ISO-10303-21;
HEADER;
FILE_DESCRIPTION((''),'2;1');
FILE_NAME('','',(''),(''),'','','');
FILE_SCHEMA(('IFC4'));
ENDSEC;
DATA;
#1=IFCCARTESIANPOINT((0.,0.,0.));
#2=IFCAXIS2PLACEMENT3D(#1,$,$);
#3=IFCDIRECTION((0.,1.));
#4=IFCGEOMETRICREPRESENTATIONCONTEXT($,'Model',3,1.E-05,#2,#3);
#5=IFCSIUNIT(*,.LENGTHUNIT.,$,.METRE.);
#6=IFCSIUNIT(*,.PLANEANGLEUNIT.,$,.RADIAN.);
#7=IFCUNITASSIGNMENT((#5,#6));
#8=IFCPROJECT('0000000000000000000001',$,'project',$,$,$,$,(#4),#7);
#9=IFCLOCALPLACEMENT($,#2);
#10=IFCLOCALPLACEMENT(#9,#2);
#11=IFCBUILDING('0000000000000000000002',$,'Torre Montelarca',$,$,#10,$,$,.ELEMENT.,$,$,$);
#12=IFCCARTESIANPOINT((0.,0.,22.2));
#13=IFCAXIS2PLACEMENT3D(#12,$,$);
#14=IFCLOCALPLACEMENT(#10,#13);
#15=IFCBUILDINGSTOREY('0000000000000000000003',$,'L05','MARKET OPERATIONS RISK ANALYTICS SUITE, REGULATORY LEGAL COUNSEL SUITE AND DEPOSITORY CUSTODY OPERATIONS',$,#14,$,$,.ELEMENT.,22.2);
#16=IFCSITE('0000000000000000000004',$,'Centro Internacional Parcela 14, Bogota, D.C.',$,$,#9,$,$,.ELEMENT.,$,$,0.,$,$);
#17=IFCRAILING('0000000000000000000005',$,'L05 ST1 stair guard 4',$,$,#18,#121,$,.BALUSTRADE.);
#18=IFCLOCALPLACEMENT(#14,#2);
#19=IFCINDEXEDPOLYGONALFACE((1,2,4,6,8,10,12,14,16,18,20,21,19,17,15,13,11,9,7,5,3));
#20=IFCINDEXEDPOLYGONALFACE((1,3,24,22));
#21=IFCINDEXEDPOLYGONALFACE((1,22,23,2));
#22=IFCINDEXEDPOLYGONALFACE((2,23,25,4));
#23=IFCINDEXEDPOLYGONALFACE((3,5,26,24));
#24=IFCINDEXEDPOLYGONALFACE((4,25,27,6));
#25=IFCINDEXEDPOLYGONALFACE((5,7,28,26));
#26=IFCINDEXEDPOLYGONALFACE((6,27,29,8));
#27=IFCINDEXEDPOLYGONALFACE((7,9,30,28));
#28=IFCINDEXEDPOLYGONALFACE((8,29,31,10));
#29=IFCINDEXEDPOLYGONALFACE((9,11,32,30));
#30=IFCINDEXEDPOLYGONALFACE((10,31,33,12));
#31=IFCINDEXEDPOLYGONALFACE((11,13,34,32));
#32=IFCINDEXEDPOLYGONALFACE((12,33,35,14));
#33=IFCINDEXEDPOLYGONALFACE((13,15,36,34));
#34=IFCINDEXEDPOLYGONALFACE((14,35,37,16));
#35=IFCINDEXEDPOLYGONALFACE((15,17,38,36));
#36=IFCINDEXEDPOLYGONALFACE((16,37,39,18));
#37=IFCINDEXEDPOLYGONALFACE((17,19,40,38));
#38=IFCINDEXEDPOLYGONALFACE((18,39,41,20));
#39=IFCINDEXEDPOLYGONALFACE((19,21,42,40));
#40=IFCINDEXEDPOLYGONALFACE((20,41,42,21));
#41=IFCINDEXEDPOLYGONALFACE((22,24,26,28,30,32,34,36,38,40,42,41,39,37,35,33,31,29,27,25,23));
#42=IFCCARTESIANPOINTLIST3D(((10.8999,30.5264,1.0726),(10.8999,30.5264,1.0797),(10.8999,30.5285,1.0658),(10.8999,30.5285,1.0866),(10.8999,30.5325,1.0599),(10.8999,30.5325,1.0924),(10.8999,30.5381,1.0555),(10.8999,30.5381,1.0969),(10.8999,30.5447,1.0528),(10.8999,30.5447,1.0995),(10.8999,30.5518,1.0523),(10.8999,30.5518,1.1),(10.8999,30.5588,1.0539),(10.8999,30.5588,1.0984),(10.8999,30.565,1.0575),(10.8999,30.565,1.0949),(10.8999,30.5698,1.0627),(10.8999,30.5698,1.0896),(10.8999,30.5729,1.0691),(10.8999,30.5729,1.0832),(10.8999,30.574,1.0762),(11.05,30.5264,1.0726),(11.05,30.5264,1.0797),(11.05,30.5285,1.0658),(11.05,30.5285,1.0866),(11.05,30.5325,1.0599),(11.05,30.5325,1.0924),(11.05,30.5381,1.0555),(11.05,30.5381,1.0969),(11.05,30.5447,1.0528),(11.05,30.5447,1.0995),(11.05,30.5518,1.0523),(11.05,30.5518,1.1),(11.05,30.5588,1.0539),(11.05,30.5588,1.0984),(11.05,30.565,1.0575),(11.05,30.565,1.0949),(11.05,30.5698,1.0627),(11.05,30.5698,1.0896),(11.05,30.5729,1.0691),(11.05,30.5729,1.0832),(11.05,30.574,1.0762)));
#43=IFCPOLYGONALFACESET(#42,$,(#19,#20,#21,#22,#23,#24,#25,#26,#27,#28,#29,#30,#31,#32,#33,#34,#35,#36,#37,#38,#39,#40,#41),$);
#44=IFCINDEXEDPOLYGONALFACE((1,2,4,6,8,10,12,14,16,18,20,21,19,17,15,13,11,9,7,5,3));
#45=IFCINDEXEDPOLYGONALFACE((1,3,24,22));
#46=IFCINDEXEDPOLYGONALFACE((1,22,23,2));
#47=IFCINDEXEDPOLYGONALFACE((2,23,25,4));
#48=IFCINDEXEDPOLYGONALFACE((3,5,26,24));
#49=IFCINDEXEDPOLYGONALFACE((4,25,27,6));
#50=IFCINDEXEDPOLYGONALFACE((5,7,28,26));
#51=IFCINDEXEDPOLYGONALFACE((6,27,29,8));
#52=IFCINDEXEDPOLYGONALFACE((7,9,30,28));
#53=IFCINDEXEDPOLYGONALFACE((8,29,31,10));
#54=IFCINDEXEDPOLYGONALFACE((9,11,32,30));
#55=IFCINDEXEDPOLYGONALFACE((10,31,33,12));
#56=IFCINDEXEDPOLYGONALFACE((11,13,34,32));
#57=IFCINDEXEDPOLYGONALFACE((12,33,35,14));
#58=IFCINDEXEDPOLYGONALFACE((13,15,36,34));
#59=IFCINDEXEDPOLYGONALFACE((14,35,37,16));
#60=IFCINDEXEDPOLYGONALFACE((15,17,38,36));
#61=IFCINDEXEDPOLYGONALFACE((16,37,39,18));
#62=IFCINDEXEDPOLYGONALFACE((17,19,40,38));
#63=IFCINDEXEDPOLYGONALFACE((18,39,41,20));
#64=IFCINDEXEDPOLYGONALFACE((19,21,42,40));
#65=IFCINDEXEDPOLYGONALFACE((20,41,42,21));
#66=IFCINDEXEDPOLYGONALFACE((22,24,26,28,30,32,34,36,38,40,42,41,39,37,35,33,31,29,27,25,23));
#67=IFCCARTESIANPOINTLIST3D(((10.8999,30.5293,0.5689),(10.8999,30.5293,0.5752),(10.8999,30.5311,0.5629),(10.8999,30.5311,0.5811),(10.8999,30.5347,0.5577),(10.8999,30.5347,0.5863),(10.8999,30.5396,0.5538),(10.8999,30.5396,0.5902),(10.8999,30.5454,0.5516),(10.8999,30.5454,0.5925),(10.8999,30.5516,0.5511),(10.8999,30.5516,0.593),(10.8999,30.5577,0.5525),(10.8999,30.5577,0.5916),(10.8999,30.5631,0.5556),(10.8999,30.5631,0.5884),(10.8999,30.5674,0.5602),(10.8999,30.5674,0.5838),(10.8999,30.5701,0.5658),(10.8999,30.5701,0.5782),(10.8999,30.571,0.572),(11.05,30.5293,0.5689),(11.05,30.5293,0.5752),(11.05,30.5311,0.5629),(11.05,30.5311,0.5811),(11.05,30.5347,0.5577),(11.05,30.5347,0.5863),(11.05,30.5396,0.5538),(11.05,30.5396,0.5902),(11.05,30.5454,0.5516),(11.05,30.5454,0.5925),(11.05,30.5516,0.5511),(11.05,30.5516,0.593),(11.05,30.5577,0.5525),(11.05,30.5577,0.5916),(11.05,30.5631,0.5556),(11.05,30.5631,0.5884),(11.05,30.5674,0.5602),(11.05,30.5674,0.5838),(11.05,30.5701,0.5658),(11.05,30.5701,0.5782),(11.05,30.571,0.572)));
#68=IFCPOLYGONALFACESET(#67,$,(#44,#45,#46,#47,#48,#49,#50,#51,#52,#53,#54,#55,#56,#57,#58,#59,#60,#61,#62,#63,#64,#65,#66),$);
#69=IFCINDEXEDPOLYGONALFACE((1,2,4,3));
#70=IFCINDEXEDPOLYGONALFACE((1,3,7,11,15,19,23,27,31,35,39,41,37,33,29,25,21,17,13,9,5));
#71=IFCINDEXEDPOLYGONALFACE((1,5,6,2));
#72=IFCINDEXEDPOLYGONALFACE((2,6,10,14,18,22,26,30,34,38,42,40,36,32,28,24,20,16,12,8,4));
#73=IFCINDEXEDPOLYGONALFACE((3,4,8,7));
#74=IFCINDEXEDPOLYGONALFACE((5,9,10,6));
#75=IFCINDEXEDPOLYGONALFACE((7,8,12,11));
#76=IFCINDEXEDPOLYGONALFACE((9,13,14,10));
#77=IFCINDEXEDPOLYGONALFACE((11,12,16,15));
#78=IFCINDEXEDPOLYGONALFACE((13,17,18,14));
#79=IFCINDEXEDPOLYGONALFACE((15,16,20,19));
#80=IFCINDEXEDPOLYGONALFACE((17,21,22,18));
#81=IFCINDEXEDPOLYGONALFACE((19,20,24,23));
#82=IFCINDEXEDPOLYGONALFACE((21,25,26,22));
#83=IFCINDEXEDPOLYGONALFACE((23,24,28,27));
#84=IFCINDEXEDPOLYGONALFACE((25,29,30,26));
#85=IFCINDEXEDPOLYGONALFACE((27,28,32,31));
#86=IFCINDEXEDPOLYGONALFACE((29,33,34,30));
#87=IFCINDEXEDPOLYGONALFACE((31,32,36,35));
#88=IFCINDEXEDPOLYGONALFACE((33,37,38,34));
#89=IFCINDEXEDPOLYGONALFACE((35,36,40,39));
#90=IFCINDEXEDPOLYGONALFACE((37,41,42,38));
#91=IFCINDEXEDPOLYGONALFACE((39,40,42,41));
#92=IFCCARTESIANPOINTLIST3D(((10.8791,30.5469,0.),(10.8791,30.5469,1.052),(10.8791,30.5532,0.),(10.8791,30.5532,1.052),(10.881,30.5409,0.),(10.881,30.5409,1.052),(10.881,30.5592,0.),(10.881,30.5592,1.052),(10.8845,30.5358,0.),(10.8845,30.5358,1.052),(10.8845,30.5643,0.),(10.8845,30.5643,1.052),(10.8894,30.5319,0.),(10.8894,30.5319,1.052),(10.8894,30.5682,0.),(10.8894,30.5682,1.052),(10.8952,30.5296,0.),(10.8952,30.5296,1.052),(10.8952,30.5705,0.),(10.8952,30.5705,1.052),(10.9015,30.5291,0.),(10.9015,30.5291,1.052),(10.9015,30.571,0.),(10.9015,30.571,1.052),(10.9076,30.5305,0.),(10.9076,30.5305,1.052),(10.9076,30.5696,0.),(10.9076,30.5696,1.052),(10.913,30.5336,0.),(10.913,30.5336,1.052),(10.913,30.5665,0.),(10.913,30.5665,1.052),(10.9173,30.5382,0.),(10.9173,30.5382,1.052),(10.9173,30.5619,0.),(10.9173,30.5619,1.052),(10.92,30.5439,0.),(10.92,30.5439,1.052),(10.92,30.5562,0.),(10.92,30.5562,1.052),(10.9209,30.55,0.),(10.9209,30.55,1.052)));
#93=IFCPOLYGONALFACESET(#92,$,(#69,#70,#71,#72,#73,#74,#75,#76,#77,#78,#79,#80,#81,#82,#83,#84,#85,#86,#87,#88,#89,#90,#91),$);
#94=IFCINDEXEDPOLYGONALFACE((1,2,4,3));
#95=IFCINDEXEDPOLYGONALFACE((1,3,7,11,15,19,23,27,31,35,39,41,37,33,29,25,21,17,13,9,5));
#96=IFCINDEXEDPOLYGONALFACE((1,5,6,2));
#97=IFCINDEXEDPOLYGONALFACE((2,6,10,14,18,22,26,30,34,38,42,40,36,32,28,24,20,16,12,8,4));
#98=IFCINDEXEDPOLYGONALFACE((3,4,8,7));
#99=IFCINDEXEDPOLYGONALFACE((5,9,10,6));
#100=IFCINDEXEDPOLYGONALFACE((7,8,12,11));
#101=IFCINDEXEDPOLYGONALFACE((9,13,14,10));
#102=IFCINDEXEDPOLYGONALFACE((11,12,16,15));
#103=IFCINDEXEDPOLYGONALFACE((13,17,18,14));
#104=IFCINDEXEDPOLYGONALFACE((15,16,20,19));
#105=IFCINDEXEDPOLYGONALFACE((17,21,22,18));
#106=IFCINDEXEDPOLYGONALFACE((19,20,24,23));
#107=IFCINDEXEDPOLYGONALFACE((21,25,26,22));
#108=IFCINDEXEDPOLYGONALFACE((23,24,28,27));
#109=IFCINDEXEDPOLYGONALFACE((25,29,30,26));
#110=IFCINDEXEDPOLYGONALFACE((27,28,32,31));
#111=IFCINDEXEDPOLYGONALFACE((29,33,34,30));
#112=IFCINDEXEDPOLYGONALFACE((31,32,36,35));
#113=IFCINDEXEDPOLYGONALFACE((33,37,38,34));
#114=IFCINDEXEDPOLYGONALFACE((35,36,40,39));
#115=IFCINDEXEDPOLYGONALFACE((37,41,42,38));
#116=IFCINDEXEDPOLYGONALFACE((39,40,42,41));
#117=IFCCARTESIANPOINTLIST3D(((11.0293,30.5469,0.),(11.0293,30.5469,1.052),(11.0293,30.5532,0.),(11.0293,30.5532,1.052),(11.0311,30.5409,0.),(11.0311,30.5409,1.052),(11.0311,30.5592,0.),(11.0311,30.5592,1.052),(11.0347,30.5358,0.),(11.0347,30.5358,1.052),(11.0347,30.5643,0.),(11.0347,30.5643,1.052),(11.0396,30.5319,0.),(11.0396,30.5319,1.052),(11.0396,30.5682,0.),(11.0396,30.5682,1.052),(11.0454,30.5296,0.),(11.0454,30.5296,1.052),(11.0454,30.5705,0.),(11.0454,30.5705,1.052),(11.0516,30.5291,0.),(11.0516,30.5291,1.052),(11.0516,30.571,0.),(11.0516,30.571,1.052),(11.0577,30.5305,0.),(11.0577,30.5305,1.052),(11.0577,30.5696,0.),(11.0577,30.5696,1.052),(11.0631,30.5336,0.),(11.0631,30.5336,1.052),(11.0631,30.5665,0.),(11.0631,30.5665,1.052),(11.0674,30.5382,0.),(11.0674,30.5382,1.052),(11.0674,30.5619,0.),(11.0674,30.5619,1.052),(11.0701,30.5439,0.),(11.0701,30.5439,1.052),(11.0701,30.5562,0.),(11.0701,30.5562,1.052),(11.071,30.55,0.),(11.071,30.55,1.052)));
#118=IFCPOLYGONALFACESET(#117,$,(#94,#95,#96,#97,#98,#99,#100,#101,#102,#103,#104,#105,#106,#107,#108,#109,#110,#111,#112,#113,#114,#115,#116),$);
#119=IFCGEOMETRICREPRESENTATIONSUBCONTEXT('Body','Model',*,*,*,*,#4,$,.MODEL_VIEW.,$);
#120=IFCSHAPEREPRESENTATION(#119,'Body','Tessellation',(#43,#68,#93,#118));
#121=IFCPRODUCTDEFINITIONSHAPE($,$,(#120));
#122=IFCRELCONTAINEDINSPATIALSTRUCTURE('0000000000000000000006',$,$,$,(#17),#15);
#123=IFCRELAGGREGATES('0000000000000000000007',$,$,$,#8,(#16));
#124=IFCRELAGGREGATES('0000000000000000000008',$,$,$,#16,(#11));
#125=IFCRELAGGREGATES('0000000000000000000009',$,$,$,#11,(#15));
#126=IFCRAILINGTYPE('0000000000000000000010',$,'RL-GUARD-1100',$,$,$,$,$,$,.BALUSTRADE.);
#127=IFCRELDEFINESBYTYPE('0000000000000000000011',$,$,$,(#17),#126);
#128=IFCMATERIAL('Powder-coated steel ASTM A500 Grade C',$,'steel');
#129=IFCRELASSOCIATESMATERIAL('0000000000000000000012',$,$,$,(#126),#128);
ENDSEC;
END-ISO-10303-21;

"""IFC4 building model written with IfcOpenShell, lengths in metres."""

from ifc_helpers import new_model, si_unit, direction, frame, origin, origin_2d, place, context, subcontext, project, spatial, circle, extrude, material, type_object, element, save


model = new_model("IFC4")

# Units and contexts
model_context = context("Model", 3, precision=1e-05, world=origin(), true_north=direction((0.0, 1.0)))
body_context = subcontext(model_context, "Body", "Model", "MODEL_VIEW")
ifc_project = project(units=[si_unit("LENGTHUNIT", "METRE"), si_unit("PLANEANGLEUNIT", "RADIAN")], contexts=[model_context])

# Site, building, storey
site_placement = place(None, origin())
site = spatial("IfcSite", under=ifc_project, at=site_placement, Name="Centro Internacional Parcela 14, Bogota, D.C.", CompositionType="ELEMENT", RefElevation=0.0)
building_placement = place(site_placement, origin())
building = spatial("IfcBuilding", under=site, at=building_placement, Name="Torre Montelarca", CompositionType="ELEMENT")
storey_placement = place(building_placement, frame((0.0, 0.0, 22.2)))
storey = spatial("IfcBuildingStorey", under=building, at=storey_placement, Name="L05", Description="MARKET OPERATIONS RISK ANALYTICS SUITE, REGULATORY LEGAL COUNSEL SUITE AND DEPOSITORY CUSTODY OPERATIONS", CompositionType="ELEMENT", Elevation=22.2)

# Railing
ifc_material_1 = material(Name="Powder-coated steel ASTM A500 Grade C", Category="steel")
railing_type_1 = type_object("IfcRailingType", Name="RL-GUARD-1100", PredefinedType="BALUSTRADE", material=ifc_material_1)
railing_1_placement = place(storey_placement, frame((10.8999, 30.55, 0.0)))
element("IfcRailing", 1, at=railing_1_placement, inside=storey, type_object=railing_type_1, Name="L05 ST1 stair guard 4", PredefinedType="BALUSTRADE", context=body_context, shape_type="SweptSolid", body=[
    extrude(circle(Radius=0.0239, at=origin_2d()), frame((0.0, 0.0, 1.0762), z_axis=(1.0, 0.0, 0.0), x_axis=(0.0, 1.0, 0.0)), (0.0, 0.0, 1.0), 0.1501),
    extrude(circle(Radius=0.021, at=origin_2d()), frame((0.0, 0.0, 0.572), z_axis=(1.0, 0.0, 0.0), x_axis=(0.0, 1.0, 0.0)), (0.0, 0.0, 1.0), 0.1501),
    extrude(circle(Radius=0.021, at=origin_2d()), origin(), (0.0, 0.0, 1.0), 1.052),
    extrude(circle(Radius=0.021, at=origin_2d()), frame((0.1501, 0.0, 0.0)), (0.0, 0.0, 1.0), 1.052),
])

save(model, "model.ifc")
